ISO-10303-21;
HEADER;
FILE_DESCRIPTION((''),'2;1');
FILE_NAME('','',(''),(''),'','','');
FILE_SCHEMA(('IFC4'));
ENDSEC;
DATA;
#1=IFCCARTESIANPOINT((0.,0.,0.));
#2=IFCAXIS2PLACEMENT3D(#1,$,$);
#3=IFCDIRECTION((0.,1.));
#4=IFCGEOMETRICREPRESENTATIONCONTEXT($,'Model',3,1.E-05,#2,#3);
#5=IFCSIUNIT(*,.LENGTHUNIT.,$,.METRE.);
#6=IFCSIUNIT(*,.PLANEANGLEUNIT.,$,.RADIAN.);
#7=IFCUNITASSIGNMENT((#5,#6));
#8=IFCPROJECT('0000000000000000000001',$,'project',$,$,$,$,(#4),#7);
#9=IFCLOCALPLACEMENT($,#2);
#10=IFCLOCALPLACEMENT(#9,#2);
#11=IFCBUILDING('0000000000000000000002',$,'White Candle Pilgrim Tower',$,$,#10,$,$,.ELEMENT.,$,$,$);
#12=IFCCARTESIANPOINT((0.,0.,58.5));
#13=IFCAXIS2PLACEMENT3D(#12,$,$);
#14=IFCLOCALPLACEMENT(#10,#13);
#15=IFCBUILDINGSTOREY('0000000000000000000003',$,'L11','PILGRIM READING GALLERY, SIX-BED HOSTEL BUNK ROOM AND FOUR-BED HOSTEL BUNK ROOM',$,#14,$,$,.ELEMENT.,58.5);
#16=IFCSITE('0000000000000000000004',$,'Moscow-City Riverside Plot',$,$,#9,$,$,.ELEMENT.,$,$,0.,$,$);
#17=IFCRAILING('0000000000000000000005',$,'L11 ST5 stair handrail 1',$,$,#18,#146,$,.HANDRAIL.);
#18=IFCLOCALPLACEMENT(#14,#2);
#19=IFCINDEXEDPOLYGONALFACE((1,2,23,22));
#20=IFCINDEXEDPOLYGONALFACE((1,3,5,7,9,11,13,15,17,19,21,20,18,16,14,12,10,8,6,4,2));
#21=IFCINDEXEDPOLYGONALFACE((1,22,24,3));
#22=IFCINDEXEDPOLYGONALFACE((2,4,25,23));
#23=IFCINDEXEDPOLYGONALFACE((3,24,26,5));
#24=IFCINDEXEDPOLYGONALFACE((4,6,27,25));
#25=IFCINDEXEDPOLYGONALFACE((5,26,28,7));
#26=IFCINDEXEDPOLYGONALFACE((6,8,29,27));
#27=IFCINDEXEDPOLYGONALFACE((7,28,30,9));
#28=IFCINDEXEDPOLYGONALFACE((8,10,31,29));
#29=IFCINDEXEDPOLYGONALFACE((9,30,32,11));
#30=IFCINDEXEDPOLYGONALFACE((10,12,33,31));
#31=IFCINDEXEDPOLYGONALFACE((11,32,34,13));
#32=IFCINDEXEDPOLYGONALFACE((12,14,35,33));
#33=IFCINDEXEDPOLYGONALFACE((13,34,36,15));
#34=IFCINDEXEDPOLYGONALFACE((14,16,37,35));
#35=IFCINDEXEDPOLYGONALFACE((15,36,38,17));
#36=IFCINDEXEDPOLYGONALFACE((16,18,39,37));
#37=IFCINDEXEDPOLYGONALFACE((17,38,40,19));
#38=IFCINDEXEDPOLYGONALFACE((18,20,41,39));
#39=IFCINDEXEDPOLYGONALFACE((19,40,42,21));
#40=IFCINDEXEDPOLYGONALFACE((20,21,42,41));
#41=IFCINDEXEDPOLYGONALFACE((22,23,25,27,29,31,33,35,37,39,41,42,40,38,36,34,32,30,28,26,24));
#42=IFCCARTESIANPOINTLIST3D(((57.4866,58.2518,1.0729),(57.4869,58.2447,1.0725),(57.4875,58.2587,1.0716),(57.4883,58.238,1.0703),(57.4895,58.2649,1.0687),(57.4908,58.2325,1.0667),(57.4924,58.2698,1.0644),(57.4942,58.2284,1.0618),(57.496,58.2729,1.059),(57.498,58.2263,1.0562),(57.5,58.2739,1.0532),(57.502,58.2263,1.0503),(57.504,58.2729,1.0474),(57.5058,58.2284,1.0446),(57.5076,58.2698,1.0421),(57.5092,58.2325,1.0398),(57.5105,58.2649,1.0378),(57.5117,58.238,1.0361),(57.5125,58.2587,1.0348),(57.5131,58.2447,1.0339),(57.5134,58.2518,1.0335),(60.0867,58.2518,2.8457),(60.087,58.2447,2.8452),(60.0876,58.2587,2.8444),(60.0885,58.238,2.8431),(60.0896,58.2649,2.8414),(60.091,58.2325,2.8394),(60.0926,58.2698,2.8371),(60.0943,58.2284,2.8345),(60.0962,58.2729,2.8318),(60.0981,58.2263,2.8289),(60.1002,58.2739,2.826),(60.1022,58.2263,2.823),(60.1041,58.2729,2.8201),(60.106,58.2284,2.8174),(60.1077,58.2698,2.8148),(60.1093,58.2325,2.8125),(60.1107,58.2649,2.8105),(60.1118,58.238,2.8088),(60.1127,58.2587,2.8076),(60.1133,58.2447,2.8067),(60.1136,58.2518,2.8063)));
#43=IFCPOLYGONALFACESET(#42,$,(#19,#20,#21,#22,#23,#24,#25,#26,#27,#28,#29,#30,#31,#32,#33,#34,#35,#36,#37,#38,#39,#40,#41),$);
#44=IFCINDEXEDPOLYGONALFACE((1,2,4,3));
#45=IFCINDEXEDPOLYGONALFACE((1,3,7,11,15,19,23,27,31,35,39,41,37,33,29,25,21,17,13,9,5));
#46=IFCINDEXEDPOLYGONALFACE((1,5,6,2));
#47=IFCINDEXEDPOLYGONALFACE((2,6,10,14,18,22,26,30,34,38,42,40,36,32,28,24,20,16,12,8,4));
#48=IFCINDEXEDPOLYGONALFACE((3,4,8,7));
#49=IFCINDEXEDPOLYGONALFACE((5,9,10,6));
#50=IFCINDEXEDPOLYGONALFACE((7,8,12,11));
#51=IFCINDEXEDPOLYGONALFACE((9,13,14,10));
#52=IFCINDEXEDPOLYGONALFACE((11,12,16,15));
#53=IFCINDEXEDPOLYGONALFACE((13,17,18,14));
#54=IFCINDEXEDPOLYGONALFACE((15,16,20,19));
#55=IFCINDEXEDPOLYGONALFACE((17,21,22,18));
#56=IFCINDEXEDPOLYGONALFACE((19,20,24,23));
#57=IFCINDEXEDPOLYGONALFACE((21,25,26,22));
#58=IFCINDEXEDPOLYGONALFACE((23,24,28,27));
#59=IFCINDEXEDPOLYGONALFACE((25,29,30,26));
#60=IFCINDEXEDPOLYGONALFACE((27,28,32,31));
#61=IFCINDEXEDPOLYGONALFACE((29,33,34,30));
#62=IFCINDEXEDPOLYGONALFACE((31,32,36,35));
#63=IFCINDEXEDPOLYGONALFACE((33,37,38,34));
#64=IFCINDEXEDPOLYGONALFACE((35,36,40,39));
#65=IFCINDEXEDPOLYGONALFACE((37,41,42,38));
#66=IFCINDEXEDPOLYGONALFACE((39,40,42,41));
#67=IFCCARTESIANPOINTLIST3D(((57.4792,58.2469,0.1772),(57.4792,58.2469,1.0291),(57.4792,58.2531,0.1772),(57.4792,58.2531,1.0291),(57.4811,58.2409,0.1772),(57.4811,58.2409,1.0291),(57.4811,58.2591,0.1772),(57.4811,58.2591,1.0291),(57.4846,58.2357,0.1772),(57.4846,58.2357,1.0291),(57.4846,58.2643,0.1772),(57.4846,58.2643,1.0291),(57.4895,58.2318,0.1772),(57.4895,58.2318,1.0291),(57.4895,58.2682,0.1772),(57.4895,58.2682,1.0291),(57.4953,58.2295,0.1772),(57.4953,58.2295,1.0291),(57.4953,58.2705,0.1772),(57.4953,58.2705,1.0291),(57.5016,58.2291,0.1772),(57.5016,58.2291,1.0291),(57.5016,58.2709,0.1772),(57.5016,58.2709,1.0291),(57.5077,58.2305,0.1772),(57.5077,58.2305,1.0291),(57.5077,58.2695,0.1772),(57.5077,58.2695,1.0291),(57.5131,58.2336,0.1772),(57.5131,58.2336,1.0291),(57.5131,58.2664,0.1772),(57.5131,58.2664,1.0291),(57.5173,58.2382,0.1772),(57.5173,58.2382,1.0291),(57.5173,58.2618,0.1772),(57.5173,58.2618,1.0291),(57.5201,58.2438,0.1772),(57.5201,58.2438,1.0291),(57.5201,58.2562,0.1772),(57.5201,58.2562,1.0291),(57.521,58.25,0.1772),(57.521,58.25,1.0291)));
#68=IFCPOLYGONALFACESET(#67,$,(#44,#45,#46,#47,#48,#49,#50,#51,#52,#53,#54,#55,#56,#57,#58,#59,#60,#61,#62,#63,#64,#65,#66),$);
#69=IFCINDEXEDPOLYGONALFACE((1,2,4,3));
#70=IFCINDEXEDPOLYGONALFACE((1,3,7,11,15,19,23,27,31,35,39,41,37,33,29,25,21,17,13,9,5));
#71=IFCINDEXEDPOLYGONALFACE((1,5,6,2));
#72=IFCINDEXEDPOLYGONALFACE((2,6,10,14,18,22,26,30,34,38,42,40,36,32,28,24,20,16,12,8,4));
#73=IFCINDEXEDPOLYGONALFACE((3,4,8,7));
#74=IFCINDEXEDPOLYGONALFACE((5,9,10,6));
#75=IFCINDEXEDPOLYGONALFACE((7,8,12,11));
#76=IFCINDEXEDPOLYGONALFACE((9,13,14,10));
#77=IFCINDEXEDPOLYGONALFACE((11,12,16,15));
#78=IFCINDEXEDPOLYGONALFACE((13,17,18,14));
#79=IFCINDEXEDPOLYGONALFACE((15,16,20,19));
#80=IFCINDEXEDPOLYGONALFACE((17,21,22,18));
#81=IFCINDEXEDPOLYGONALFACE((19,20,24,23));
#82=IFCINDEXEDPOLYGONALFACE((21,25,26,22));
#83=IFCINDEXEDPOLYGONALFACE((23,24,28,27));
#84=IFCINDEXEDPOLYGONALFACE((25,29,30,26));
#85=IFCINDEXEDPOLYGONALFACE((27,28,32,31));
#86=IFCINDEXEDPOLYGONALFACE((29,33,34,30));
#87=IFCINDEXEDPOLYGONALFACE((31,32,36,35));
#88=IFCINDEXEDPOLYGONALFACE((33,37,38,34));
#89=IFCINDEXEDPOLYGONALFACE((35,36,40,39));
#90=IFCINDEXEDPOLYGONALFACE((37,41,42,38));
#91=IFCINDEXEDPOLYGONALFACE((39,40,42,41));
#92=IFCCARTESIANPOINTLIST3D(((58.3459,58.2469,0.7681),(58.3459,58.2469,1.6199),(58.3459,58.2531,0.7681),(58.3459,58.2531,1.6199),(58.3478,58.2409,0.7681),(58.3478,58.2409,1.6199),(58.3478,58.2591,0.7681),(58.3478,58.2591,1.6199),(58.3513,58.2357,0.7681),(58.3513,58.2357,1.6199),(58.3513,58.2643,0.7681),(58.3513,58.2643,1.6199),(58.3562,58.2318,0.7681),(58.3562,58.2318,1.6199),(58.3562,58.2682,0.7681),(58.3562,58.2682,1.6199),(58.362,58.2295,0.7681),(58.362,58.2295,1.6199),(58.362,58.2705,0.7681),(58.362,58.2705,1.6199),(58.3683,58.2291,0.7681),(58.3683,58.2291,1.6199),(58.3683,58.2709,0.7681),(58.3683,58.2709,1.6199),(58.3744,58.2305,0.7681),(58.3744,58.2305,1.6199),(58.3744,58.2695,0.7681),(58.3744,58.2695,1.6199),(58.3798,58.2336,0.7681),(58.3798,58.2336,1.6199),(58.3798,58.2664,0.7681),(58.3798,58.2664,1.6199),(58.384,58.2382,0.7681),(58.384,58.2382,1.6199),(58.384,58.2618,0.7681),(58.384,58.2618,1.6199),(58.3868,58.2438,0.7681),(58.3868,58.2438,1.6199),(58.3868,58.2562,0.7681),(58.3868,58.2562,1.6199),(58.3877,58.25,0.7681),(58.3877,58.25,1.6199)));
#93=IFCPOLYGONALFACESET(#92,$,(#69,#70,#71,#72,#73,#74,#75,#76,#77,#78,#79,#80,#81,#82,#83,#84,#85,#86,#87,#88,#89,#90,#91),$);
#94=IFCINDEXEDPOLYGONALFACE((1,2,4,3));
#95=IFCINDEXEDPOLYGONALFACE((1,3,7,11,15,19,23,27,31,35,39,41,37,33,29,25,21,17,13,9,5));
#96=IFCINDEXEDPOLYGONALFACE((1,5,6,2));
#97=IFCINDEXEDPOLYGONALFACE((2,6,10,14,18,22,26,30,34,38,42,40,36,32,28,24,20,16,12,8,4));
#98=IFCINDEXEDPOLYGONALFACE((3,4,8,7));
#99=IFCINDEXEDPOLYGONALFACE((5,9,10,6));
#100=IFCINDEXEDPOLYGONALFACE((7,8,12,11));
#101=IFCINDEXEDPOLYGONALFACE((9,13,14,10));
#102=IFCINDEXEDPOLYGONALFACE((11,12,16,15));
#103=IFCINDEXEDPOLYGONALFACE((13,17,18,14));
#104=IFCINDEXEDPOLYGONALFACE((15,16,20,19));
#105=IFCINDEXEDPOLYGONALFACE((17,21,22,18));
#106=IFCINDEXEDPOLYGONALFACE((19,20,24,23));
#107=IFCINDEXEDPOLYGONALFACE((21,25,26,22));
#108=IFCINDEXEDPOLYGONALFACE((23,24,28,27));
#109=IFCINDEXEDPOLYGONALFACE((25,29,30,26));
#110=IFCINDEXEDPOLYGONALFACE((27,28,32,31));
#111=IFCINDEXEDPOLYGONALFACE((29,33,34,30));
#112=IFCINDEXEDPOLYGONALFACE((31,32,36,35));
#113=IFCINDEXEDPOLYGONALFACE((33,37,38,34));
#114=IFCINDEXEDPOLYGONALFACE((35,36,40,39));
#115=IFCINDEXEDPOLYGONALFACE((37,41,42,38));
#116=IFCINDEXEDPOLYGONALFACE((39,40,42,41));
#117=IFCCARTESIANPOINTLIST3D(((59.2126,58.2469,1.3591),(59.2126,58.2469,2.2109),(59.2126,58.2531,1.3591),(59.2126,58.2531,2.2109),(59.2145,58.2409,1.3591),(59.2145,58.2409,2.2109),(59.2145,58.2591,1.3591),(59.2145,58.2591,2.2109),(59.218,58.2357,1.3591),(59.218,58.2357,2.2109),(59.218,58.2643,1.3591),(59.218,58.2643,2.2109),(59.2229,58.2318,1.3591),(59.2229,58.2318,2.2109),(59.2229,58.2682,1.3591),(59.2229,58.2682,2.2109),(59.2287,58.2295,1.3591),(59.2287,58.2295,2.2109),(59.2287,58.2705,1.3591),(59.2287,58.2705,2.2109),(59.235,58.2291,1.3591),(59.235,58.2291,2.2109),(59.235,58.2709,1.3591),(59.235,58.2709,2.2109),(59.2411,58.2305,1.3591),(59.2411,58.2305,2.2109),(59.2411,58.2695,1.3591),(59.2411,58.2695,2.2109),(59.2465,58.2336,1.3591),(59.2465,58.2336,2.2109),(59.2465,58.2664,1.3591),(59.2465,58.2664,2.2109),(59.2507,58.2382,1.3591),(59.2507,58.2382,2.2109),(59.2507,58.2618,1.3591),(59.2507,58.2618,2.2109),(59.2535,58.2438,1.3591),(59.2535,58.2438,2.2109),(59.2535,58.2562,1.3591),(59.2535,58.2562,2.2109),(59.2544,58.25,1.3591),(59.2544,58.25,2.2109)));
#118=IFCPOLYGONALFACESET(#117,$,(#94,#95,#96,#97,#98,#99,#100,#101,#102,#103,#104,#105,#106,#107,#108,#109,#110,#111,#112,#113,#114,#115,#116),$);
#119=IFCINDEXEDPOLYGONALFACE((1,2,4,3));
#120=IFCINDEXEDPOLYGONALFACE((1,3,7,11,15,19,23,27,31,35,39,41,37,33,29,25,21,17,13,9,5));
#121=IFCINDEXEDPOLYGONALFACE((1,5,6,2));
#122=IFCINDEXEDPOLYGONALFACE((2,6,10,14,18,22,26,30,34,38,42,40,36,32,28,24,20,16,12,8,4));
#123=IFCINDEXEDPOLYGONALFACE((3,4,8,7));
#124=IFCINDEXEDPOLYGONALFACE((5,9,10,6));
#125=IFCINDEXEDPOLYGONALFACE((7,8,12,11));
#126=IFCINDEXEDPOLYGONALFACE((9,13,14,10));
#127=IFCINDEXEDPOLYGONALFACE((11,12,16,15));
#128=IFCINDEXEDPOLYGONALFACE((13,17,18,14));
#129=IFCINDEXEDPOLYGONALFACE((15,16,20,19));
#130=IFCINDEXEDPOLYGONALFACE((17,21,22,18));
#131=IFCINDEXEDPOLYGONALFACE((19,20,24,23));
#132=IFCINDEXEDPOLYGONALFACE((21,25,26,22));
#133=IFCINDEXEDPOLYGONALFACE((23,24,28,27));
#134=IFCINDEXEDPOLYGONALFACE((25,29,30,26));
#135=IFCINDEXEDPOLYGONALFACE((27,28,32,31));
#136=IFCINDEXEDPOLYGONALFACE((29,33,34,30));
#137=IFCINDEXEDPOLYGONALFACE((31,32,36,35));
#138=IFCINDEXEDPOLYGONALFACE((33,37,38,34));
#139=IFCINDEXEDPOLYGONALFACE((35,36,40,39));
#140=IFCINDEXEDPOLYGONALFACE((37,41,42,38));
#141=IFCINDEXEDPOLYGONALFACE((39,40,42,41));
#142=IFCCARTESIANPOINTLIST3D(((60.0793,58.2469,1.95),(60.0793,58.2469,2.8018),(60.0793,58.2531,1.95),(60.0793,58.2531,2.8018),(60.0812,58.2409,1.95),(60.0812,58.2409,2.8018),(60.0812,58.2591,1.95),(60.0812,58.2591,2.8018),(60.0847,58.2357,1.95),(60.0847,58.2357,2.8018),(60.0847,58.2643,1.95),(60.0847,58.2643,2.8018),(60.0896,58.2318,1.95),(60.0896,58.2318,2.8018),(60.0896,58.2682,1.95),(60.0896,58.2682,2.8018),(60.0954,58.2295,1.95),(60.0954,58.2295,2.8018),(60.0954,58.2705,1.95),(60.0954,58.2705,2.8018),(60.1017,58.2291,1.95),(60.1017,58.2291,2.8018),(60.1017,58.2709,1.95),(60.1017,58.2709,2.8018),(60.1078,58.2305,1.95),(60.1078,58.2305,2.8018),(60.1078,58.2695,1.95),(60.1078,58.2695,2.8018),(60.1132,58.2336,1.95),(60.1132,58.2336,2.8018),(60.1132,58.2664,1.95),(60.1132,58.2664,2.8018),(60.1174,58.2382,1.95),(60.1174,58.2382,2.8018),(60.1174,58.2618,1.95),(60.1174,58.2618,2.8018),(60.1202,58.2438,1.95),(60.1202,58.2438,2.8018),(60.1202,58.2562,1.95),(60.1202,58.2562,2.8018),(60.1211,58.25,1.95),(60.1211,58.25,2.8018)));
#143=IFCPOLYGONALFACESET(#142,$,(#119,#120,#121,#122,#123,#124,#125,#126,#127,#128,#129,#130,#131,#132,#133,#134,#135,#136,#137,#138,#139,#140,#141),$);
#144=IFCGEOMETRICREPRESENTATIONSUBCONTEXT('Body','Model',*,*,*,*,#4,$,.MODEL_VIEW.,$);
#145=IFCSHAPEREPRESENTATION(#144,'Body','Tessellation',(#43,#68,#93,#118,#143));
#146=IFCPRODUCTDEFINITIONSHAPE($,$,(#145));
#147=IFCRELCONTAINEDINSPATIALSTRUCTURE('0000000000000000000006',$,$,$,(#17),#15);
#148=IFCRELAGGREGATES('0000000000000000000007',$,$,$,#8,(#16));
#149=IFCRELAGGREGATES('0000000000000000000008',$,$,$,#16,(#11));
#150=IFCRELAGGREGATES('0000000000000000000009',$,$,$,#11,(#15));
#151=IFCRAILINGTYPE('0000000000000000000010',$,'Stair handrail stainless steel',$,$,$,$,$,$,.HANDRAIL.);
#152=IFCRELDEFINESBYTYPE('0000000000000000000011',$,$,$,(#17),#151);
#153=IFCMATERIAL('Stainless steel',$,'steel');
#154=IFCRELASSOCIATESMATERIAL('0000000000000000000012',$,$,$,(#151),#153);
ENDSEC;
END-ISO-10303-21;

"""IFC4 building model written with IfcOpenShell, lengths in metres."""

from ifc_helpers import new_model, si_unit, direction, frame, origin, origin_2d, place, context, subcontext, project, spatial, circle, extrude, material, type_object, element, save


model = new_model("IFC4")

# Units and contexts
model_context = context("Model", 3, precision=1e-05, world=origin(), true_north=direction((0.0, 1.0)))
body_context = subcontext(model_context, "Body", "Model", "MODEL_VIEW")
ifc_project = project(units=[si_unit("LENGTHUNIT", "METRE"), si_unit("PLANEANGLEUNIT", "RADIAN")], contexts=[model_context])

# Site, building, storey
site_placement = place(None, origin())
site = spatial("IfcSite", under=ifc_project, at=site_placement, Name="Moscow-City Riverside Plot", CompositionType="ELEMENT", RefElevation=0.0)
building_placement = place(site_placement, origin())
building = spatial("IfcBuilding", under=site, at=building_placement, Name="White Candle Pilgrim Tower", CompositionType="ELEMENT")
storey_placement = place(building_placement, frame((0.0, 0.0, 58.5)))
storey = spatial("IfcBuildingStorey", under=building, at=storey_placement, Name="L11", Description="PILGRIM READING GALLERY, SIX-BED HOSTEL BUNK ROOM AND FOUR-BED HOSTEL BUNK ROOM", CompositionType="ELEMENT", Elevation=58.5)

# Railing
ifc_material_1 = material(Name="Stainless steel", Category="steel")
railing_type_1 = type_object("IfcRailingType", Name="Stair handrail stainless steel", PredefinedType="HANDRAIL", material=ifc_material_1)
railing_1_placement = place(storey_placement, frame((57.5, 58.25, 0.1772)))
element("IfcRailing", 1, at=railing_1_placement, inside=storey, type_object=railing_type_1, Name="L11 ST5 stair handrail 1", PredefinedType="HANDRAIL", context=body_context, shape_type="SweptSolid", body=[
    extrude(circle(Radius=0.0239, at=origin_2d()), frame((0.0, 0.0, 0.876), z_axis=(0.82624, 0.0, 0.563318), x_axis=(0.0, 1.0, 0.0)), (0.0, 0.0, 1.0), 3.147),
    extrude(circle(Radius=0.021, at=origin_2d()), origin(), (0.0, 0.0, 1.0), 0.8518),
    extrude(circle(Radius=0.021, at=origin_2d()), frame((0.8667, 0.0, 0.5908)), (0.0, 0.0, 1.0), 0.8518),
    extrude(circle(Radius=0.021, at=origin_2d()), frame((1.7334, 0.0, 1.1819)), (0.0, 0.0, 1.0), 0.8518),
    extrude(circle(Radius=0.021, at=origin_2d()), frame((2.6001, 0.0, 1.7727)), (0.0, 0.0, 1.0), 0.8518),
])

save(model, "model.ifc")
